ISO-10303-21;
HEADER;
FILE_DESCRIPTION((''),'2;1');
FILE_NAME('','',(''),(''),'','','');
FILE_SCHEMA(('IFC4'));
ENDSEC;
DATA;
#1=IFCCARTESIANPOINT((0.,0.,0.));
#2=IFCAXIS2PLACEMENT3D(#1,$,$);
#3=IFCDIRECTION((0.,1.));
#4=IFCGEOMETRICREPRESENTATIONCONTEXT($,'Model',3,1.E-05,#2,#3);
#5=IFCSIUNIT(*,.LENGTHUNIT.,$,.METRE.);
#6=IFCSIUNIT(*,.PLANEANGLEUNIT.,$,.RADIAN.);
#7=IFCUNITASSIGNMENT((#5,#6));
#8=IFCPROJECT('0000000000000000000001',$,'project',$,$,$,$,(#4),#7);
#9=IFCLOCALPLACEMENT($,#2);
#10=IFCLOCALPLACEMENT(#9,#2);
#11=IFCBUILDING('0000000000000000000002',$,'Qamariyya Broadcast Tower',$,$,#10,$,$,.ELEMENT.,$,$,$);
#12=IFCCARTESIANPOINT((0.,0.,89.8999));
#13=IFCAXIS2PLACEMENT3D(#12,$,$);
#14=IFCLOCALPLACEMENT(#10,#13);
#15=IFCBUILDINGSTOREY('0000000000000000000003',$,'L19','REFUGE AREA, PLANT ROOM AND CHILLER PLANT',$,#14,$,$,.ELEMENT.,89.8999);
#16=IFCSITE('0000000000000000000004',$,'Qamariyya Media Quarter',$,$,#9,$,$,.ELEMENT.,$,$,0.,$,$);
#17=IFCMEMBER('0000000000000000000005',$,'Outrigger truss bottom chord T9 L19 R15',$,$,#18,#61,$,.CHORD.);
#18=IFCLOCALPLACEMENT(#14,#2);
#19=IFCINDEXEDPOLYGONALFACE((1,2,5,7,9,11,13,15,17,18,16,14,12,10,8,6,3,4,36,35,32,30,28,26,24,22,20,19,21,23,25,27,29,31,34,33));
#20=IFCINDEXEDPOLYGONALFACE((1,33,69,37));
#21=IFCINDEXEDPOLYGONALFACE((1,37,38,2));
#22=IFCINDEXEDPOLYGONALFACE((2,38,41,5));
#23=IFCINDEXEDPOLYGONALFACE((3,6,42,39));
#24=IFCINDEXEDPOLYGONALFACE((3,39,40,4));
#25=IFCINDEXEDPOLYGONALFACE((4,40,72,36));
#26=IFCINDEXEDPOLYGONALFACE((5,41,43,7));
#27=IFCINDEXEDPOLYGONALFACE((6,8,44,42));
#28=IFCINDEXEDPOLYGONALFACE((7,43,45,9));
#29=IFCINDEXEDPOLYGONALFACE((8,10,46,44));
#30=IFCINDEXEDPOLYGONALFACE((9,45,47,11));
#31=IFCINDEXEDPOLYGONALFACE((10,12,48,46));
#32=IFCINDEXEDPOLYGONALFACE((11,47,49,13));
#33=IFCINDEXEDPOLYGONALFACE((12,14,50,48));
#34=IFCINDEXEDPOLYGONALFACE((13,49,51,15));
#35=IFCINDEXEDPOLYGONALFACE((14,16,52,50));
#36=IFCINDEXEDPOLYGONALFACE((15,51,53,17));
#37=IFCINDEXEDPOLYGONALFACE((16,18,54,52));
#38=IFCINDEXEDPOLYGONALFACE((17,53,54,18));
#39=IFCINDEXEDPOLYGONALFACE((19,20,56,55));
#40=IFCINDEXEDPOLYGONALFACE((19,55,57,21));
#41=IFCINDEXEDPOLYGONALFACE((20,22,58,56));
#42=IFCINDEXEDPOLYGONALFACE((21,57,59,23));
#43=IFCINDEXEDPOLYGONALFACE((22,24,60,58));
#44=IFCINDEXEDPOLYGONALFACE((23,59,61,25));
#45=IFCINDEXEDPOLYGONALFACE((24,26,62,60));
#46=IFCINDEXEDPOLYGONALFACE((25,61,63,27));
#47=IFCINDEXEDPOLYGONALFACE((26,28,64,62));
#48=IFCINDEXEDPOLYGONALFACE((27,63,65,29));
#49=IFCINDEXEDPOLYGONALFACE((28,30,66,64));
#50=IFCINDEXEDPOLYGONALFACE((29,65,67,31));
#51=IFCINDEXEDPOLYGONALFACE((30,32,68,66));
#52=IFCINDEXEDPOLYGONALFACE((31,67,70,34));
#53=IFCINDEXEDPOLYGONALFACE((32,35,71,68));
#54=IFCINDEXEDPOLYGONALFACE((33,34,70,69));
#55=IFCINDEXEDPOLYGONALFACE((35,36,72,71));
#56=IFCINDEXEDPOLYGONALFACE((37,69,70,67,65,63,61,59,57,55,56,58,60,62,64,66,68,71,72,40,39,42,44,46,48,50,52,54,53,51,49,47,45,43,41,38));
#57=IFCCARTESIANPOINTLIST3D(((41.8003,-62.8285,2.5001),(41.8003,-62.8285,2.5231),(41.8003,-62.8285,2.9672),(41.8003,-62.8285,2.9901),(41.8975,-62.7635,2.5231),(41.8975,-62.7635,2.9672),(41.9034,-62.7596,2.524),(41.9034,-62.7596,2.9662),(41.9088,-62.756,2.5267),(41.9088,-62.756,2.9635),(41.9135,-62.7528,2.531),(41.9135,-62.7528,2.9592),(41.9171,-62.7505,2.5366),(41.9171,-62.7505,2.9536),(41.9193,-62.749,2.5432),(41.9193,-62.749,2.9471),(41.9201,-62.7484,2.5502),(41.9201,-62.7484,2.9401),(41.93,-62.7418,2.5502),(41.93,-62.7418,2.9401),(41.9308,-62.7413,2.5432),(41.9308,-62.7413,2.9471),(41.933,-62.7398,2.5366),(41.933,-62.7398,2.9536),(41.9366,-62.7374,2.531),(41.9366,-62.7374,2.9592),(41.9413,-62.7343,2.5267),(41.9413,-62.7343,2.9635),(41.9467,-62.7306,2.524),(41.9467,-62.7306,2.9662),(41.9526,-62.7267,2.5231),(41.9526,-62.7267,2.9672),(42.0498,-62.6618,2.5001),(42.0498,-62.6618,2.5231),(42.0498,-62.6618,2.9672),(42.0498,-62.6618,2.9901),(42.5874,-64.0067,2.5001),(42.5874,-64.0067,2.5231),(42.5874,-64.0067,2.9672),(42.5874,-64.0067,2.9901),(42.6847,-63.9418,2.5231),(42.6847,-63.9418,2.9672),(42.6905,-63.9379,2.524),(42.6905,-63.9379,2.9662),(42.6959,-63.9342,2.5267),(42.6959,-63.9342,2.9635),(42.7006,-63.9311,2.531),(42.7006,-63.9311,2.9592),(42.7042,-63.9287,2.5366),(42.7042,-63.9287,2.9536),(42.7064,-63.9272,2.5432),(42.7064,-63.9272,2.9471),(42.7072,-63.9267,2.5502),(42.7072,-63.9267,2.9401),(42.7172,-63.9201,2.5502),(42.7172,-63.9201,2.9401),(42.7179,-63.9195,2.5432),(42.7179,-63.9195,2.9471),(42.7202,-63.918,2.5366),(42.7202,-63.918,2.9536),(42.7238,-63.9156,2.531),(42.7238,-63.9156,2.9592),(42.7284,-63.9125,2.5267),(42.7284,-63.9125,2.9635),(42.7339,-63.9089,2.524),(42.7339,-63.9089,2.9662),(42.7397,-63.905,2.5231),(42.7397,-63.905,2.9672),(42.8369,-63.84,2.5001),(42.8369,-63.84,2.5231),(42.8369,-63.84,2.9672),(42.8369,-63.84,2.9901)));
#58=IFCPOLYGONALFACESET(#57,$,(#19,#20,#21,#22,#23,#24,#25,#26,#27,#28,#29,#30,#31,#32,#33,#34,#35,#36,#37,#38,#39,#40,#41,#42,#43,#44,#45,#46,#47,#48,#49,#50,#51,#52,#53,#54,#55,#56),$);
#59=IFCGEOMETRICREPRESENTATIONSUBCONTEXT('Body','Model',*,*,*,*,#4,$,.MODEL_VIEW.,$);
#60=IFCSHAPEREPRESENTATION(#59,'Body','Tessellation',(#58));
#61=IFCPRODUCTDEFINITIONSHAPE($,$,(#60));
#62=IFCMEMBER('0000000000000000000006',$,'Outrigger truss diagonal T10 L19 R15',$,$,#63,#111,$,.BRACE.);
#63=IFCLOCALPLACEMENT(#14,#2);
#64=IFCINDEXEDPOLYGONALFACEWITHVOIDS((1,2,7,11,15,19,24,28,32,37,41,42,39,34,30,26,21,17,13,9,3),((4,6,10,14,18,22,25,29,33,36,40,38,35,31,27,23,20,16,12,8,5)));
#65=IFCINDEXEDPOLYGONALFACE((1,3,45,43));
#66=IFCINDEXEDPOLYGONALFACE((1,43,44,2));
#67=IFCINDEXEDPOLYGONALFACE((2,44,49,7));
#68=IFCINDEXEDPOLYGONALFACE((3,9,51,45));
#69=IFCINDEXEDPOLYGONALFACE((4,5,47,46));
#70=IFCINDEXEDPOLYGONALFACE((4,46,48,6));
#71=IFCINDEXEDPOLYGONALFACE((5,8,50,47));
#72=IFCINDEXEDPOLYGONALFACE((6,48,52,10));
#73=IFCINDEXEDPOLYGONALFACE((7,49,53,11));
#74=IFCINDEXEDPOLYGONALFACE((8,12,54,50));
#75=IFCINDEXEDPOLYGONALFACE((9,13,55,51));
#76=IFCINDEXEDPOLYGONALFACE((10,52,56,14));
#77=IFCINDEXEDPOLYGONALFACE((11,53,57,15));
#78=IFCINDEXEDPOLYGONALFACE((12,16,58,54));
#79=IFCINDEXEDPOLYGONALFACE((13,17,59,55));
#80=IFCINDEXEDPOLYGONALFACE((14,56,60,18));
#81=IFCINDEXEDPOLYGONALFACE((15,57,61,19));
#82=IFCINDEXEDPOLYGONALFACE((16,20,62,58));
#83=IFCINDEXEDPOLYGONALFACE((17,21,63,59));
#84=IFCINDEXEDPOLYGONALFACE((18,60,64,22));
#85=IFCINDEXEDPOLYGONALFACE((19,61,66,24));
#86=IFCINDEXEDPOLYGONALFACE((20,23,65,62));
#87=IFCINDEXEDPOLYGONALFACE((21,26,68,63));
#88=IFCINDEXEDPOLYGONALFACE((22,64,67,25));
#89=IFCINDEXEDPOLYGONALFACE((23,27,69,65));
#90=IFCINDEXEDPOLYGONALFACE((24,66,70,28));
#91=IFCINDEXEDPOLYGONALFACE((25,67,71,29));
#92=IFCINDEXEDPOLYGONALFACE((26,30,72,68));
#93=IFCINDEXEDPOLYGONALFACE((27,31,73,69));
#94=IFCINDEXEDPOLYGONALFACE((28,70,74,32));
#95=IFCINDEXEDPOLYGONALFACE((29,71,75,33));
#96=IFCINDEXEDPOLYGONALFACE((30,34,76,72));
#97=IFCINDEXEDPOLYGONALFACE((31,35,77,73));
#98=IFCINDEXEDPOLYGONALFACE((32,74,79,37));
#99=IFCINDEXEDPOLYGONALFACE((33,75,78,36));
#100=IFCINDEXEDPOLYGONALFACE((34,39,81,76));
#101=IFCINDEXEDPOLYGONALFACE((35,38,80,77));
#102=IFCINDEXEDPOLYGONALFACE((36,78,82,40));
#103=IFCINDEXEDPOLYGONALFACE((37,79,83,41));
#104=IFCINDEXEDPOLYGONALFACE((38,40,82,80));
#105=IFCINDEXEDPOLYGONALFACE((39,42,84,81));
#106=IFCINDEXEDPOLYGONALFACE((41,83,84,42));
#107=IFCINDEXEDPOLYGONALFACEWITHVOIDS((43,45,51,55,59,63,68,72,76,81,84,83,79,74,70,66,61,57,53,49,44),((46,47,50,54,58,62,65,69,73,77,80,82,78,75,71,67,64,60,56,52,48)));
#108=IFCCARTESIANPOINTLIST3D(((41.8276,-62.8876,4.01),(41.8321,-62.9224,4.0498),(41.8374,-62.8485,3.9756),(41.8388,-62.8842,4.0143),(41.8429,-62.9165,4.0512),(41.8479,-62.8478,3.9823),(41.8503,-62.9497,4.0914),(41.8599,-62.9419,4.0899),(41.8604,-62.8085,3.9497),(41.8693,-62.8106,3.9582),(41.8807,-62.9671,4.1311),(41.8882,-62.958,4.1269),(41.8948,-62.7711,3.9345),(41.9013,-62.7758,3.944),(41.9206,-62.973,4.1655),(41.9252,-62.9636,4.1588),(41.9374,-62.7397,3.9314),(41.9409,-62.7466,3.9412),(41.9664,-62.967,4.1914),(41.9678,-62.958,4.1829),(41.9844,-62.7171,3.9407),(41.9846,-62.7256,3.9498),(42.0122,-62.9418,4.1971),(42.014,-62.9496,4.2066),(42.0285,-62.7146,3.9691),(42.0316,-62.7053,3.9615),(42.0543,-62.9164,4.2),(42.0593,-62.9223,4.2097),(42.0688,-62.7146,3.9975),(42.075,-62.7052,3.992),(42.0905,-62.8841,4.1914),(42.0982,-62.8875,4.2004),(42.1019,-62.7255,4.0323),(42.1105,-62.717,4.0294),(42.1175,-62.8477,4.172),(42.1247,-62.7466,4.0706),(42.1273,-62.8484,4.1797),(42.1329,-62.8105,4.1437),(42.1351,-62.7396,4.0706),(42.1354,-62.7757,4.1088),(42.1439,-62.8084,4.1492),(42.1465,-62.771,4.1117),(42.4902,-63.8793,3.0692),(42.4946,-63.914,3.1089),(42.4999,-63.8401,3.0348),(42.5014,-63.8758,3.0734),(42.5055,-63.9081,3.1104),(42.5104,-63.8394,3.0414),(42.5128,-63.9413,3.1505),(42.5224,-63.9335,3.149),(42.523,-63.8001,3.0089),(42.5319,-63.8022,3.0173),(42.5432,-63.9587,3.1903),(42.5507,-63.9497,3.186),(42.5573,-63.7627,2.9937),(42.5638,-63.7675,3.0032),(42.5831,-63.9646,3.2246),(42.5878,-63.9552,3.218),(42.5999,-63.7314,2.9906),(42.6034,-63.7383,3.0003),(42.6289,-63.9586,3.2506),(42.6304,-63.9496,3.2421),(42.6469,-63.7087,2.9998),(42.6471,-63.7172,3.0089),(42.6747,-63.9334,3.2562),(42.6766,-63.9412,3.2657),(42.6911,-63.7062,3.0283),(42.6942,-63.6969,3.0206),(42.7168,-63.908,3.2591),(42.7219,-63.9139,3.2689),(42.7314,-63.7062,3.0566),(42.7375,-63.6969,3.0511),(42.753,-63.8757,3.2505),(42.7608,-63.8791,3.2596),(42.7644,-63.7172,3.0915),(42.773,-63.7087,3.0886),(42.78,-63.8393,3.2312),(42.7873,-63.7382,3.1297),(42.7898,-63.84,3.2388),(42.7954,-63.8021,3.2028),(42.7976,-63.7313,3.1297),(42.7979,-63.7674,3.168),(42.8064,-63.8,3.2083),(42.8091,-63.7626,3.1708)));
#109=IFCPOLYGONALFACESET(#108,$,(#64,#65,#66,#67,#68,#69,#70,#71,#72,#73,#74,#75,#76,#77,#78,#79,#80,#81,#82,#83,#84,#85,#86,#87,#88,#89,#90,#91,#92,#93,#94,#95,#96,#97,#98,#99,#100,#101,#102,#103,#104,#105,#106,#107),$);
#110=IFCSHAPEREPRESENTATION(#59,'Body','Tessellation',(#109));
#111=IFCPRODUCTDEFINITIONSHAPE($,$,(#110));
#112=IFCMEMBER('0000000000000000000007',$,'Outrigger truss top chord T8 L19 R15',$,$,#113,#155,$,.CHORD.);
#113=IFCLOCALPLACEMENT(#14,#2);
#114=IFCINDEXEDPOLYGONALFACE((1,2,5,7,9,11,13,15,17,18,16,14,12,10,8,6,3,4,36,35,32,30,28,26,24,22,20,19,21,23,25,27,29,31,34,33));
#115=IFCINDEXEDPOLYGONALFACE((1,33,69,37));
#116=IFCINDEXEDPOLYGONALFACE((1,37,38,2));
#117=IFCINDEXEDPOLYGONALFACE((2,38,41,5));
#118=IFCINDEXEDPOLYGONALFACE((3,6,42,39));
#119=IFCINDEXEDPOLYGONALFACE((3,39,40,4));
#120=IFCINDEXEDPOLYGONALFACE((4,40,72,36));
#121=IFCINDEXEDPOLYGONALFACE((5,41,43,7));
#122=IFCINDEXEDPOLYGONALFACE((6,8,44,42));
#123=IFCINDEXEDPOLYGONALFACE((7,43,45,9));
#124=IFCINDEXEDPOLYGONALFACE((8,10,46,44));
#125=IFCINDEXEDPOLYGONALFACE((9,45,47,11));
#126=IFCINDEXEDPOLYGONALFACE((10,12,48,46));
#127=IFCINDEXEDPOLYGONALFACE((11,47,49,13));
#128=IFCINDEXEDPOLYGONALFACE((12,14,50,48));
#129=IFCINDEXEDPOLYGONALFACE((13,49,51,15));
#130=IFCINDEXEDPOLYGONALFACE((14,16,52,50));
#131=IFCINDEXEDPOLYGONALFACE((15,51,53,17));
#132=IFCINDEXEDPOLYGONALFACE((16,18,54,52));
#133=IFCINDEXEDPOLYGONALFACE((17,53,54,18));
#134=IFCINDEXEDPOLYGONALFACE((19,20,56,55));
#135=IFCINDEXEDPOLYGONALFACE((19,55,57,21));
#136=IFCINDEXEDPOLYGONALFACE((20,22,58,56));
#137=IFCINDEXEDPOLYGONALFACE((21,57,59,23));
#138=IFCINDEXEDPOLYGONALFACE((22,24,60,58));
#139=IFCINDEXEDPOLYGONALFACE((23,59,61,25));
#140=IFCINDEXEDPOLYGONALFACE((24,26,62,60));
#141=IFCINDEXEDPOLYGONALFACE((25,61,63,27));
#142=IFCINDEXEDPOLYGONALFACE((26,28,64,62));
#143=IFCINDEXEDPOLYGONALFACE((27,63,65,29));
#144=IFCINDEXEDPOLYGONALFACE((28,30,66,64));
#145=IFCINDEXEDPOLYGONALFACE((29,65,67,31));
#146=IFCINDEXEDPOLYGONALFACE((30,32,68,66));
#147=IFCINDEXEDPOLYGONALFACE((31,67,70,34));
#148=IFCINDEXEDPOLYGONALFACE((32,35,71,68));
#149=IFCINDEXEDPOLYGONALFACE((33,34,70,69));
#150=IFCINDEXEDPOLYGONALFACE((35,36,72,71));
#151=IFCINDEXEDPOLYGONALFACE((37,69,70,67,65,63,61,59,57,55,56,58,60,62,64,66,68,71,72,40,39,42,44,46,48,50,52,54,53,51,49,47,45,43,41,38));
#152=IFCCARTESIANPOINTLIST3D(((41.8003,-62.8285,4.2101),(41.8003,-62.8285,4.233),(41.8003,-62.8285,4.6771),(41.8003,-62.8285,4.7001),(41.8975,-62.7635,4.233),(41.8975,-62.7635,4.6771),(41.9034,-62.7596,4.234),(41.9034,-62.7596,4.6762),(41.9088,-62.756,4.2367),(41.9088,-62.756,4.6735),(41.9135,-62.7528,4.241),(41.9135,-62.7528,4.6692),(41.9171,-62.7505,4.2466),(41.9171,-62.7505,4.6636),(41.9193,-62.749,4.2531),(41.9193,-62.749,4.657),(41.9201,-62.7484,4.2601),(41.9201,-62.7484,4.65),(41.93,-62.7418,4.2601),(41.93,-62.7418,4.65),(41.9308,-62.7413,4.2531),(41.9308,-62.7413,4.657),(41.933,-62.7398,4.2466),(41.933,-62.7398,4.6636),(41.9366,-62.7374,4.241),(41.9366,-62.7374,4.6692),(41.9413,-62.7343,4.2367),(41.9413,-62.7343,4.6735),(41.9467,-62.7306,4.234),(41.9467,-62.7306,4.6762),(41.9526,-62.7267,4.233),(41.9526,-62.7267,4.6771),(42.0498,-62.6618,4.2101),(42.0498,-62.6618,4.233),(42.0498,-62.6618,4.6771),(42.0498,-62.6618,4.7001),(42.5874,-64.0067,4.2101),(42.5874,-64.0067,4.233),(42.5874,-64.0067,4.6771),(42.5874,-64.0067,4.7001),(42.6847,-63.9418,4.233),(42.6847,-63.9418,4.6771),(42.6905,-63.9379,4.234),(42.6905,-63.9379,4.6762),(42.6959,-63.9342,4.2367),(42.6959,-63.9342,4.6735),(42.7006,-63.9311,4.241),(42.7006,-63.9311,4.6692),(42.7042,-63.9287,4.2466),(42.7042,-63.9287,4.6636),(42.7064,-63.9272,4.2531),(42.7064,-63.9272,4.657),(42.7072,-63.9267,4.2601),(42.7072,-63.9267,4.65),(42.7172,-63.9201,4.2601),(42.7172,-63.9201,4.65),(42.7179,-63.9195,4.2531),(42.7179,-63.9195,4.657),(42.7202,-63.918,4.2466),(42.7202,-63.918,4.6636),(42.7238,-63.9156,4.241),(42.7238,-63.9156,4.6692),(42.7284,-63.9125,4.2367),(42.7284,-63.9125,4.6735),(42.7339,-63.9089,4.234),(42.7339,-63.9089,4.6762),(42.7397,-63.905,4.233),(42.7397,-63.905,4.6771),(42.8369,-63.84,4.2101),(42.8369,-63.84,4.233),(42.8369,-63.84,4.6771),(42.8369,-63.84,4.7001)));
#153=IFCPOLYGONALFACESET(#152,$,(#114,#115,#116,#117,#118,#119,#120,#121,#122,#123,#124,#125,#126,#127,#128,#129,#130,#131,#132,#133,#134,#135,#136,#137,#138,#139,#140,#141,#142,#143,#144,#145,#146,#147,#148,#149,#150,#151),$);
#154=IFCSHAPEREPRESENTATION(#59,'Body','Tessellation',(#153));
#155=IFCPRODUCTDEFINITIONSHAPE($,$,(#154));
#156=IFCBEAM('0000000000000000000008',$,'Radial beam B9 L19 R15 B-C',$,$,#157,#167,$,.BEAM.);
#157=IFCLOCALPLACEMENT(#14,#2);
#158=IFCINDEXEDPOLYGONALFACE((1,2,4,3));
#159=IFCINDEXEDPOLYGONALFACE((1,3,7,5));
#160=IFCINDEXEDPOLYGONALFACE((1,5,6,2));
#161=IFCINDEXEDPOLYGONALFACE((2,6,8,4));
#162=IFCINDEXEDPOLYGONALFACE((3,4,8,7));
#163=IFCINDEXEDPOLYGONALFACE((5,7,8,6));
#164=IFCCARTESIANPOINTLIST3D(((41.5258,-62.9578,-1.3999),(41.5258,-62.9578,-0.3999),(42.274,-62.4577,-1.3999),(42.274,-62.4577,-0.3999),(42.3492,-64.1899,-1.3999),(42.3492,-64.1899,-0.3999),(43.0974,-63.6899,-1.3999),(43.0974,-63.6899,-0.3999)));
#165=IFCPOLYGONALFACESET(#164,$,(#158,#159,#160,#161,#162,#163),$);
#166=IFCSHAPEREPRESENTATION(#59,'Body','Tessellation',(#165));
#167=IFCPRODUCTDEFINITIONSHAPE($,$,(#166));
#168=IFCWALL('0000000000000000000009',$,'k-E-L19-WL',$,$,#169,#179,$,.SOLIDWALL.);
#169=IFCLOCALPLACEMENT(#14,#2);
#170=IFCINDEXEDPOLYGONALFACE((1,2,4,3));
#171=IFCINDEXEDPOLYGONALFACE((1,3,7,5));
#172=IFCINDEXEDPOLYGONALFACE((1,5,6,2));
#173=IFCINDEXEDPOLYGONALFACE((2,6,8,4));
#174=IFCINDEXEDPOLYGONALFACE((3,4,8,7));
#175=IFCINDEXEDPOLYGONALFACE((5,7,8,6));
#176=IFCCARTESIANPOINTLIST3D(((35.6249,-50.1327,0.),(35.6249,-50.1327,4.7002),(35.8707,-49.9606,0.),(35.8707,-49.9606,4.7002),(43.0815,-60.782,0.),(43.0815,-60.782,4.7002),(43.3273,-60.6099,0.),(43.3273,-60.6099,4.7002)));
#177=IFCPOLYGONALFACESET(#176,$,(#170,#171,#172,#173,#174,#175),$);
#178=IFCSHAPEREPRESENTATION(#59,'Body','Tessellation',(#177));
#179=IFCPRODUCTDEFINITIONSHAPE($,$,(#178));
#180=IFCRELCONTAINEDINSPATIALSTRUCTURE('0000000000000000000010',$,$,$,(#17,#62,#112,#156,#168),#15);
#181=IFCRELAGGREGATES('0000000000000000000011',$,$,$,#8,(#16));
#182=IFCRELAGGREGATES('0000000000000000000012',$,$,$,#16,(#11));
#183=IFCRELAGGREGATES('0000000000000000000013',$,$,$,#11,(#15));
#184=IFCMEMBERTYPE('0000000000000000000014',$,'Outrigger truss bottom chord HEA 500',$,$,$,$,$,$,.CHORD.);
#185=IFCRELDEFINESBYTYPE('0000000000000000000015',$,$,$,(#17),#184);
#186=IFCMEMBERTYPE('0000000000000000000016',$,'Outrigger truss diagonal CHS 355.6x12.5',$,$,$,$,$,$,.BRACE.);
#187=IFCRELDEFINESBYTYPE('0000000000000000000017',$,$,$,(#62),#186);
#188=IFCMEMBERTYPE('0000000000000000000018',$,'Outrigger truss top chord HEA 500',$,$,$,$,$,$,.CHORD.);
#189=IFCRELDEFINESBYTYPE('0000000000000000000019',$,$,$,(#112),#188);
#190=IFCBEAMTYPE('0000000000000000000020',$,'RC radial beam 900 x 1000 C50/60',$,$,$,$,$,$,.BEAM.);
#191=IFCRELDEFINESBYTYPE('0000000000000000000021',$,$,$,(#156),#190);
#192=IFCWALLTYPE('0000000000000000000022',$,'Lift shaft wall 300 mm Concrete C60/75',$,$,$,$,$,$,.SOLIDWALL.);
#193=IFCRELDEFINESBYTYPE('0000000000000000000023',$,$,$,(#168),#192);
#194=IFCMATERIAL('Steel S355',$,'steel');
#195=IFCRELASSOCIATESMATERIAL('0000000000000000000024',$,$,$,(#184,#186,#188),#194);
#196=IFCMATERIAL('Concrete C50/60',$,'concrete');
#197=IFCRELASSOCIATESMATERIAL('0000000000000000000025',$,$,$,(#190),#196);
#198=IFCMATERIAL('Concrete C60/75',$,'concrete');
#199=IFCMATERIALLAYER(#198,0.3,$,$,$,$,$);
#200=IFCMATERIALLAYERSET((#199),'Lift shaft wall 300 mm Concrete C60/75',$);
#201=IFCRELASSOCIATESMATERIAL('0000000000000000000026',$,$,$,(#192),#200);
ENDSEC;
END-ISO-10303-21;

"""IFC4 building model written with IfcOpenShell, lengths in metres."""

from ifc_helpers import new_model, si_unit, direction, frame, frame_2d, origin, origin_2d, place, context, subcontext, project, spatial, rectangle, hollow_circle, i_section, extrude, material, layer, layer_set, material_profile, profile_set, type_object, element, save


model = new_model("IFC4")

# Units and contexts
model_context = context("Model", 3, precision=1e-05, world=origin(), true_north=direction((0.0, 1.0)))
body_context = subcontext(model_context, "Body", "Model", "MODEL_VIEW")
ifc_project = project(units=[si_unit("LENGTHUNIT", "METRE"), si_unit("PLANEANGLEUNIT", "RADIAN")], contexts=[model_context])

# Site, building, storey
site_placement = place(None, origin())
site = spatial("IfcSite", under=ifc_project, at=site_placement, Name="Qamariyya Media Quarter", CompositionType="ELEMENT", RefElevation=0.0)
building_placement = place(site_placement, origin())
building = spatial("IfcBuilding", under=site, at=building_placement, Name="Qamariyya Broadcast Tower", CompositionType="ELEMENT")
storey_placement = place(building_placement, frame((0.0, 0.0, 89.8999)))
storey = spatial("IfcBuildingStorey", under=building, at=storey_placement, Name="L19", Description="REFUGE AREA, PLANT ROOM AND CHILLER PLANT", CompositionType="ELEMENT", Elevation=89.8999)

# Members
ifc_material_1 = material(Name="Steel S355", Category="steel")
ifc_material_profile_1 = material_profile(ifc_material_1, i_section(OverallWidth=0.3, OverallDepth=0.49, WebThickness=0.012, FlangeThickness=0.0229, FilletRadius=0.0271, at=origin_2d()))
ifc_profile_set_1 = profile_set([ifc_material_profile_1], Name="Steel S355")
member_type_1 = type_object("IfcMemberType", Name="Outrigger truss bottom chord HEA 500", PredefinedType="CHORD", material=ifc_profile_set_1)
member_1_placement = place(storey_placement, frame((41.925, -62.7451, 2.7451), z_axis=(0.555495, -0.83152, 0.0), x_axis=(0.83152, 0.555495, 0.0)))
element("IfcMember", 1, at=member_1_placement, inside=storey, type_object=member_type_1, Name="Outrigger truss bottom chord T9 L19 R15", PredefinedType="CHORD", context=body_context, shape_type="SweptSolid", body=[
    extrude(i_section(OverallWidth=0.3, OverallDepth=0.49, WebThickness=0.012, FlangeThickness=0.0229, FilletRadius=0.0271, at=origin_2d()), origin(), (0.0, 0.0, 1.0), 1.417),
])
ifc_material_profile_2 = material_profile(ifc_material_1, hollow_circle(Radius=0.1777, WallThickness=0.0125, at=origin_2d()))
ifc_profile_set_2 = profile_set([ifc_material_profile_2], Name="Steel S355")
member_type_2 = type_object("IfcMemberType", Name="Outrigger truss diagonal CHS 355.6x12.5", PredefinedType="BRACE", material=ifc_profile_set_2)
member_2_placement = place(storey_placement, frame((41.9873, -62.8384, 4.0706), z_axis=(0.436162, -0.652797, -0.61937), x_axis=(0.831483, 0.55555, 0.0)))
element("IfcMember", 2, at=member_2_placement, inside=storey, type_object=member_type_2, Name="Outrigger truss diagonal T10 L19 R15", PredefinedType="BRACE", context=body_context, shape_type="SweptSolid", body=[
    extrude(hollow_circle(Radius=0.1777, WallThickness=0.0125, at=origin_2d()), origin(), (0.0, 0.0, 1.0), 1.519),
])
ifc_material_profile_3 = material_profile(ifc_material_1, i_section(OverallWidth=0.3, OverallDepth=0.49, WebThickness=0.012, FlangeThickness=0.0229, FilletRadius=0.0271, at=origin_2d()))
ifc_profile_set_3 = profile_set([ifc_material_profile_3], Name="Steel S355")
member_type_3 = type_object("IfcMemberType", Name="Outrigger truss top chord HEA 500", PredefinedType="CHORD", material=ifc_profile_set_3)
member_3_placement = place(storey_placement, frame((41.925, -62.7451, 4.4551), z_axis=(0.555495, -0.83152, 0.0), x_axis=(0.83152, 0.555495, 0.0)))
element("IfcMember", 3, at=member_3_placement, inside=storey, type_object=member_type_3, Name="Outrigger truss top chord T8 L19 R15", PredefinedType="CHORD", context=body_context, shape_type="SweptSolid", body=[
    extrude(i_section(OverallWidth=0.3, OverallDepth=0.49, WebThickness=0.012, FlangeThickness=0.0229, FilletRadius=0.0271, at=origin_2d()), origin(), (0.0, 0.0, 1.0), 1.417),
])

# Beam
ifc_material_2 = material(Name="Concrete C50/60", Category="concrete")
ifc_material_profile_4 = material_profile(ifc_material_2, rectangle(XDim=0.8999, YDim=1.0, at=origin_2d()))
ifc_profile_set_4 = profile_set([ifc_material_profile_4], Name="Concrete C50/60")
beam_type = type_object("IfcBeamType", Name="RC radial beam 900 x 1000 C50/60", PredefinedType="BEAM", material=ifc_profile_set_4)
beam_placement = place(storey_placement, frame((41.8999, -62.7078, -0.8999), z_axis=(0.55565, -0.831416, 0.0), x_axis=(0.831416, 0.55565, 0.0)))
element("IfcBeam", 4, at=beam_placement, inside=storey, type_object=beam_type, Name="Radial beam B9 L19 R15 B-C", PredefinedType="BEAM", context=body_context, shape_type="SweptSolid", body=[
    extrude(rectangle(XDim=0.8999, YDim=1.0, at=origin_2d()), origin(), (0.0, 0.0, 1.0), 1.4819),
])

# Wall
ifc_material_3 = material(Name="Concrete C60/75", Category="concrete")
ifc_layer_1 = layer(ifc_material_3, 0.3)
ifc_layer_set_1 = layer_set([ifc_layer_1], Name="Lift shaft wall 300 mm Concrete C60/75")
wall_type = type_object("IfcWallType", Name="Lift shaft wall 300 mm Concrete C60/75", PredefinedType="SOLIDWALL", material=ifc_layer_set_1)
wall_1_placement = place(storey_placement, frame((43.2043, -60.6958, 0.0), z_axis=(0.0, 0.0, 1.0), x_axis=(-0.573572, 0.819155, 0.0)))
element("IfcWall", 5, at=wall_1_placement, inside=storey, type_object=wall_type, Name="k-E-L19-WL", PredefinedType="SOLIDWALL", context=body_context, shape_type="SweptSolid", body=[
    extrude(rectangle(XDim=13.0002, YDim=0.3, at=frame_2d((6.5, 0.0))), origin(), (0.0, 0.0, 1.0), 4.7002),
])

save(model, "model.ifc")
